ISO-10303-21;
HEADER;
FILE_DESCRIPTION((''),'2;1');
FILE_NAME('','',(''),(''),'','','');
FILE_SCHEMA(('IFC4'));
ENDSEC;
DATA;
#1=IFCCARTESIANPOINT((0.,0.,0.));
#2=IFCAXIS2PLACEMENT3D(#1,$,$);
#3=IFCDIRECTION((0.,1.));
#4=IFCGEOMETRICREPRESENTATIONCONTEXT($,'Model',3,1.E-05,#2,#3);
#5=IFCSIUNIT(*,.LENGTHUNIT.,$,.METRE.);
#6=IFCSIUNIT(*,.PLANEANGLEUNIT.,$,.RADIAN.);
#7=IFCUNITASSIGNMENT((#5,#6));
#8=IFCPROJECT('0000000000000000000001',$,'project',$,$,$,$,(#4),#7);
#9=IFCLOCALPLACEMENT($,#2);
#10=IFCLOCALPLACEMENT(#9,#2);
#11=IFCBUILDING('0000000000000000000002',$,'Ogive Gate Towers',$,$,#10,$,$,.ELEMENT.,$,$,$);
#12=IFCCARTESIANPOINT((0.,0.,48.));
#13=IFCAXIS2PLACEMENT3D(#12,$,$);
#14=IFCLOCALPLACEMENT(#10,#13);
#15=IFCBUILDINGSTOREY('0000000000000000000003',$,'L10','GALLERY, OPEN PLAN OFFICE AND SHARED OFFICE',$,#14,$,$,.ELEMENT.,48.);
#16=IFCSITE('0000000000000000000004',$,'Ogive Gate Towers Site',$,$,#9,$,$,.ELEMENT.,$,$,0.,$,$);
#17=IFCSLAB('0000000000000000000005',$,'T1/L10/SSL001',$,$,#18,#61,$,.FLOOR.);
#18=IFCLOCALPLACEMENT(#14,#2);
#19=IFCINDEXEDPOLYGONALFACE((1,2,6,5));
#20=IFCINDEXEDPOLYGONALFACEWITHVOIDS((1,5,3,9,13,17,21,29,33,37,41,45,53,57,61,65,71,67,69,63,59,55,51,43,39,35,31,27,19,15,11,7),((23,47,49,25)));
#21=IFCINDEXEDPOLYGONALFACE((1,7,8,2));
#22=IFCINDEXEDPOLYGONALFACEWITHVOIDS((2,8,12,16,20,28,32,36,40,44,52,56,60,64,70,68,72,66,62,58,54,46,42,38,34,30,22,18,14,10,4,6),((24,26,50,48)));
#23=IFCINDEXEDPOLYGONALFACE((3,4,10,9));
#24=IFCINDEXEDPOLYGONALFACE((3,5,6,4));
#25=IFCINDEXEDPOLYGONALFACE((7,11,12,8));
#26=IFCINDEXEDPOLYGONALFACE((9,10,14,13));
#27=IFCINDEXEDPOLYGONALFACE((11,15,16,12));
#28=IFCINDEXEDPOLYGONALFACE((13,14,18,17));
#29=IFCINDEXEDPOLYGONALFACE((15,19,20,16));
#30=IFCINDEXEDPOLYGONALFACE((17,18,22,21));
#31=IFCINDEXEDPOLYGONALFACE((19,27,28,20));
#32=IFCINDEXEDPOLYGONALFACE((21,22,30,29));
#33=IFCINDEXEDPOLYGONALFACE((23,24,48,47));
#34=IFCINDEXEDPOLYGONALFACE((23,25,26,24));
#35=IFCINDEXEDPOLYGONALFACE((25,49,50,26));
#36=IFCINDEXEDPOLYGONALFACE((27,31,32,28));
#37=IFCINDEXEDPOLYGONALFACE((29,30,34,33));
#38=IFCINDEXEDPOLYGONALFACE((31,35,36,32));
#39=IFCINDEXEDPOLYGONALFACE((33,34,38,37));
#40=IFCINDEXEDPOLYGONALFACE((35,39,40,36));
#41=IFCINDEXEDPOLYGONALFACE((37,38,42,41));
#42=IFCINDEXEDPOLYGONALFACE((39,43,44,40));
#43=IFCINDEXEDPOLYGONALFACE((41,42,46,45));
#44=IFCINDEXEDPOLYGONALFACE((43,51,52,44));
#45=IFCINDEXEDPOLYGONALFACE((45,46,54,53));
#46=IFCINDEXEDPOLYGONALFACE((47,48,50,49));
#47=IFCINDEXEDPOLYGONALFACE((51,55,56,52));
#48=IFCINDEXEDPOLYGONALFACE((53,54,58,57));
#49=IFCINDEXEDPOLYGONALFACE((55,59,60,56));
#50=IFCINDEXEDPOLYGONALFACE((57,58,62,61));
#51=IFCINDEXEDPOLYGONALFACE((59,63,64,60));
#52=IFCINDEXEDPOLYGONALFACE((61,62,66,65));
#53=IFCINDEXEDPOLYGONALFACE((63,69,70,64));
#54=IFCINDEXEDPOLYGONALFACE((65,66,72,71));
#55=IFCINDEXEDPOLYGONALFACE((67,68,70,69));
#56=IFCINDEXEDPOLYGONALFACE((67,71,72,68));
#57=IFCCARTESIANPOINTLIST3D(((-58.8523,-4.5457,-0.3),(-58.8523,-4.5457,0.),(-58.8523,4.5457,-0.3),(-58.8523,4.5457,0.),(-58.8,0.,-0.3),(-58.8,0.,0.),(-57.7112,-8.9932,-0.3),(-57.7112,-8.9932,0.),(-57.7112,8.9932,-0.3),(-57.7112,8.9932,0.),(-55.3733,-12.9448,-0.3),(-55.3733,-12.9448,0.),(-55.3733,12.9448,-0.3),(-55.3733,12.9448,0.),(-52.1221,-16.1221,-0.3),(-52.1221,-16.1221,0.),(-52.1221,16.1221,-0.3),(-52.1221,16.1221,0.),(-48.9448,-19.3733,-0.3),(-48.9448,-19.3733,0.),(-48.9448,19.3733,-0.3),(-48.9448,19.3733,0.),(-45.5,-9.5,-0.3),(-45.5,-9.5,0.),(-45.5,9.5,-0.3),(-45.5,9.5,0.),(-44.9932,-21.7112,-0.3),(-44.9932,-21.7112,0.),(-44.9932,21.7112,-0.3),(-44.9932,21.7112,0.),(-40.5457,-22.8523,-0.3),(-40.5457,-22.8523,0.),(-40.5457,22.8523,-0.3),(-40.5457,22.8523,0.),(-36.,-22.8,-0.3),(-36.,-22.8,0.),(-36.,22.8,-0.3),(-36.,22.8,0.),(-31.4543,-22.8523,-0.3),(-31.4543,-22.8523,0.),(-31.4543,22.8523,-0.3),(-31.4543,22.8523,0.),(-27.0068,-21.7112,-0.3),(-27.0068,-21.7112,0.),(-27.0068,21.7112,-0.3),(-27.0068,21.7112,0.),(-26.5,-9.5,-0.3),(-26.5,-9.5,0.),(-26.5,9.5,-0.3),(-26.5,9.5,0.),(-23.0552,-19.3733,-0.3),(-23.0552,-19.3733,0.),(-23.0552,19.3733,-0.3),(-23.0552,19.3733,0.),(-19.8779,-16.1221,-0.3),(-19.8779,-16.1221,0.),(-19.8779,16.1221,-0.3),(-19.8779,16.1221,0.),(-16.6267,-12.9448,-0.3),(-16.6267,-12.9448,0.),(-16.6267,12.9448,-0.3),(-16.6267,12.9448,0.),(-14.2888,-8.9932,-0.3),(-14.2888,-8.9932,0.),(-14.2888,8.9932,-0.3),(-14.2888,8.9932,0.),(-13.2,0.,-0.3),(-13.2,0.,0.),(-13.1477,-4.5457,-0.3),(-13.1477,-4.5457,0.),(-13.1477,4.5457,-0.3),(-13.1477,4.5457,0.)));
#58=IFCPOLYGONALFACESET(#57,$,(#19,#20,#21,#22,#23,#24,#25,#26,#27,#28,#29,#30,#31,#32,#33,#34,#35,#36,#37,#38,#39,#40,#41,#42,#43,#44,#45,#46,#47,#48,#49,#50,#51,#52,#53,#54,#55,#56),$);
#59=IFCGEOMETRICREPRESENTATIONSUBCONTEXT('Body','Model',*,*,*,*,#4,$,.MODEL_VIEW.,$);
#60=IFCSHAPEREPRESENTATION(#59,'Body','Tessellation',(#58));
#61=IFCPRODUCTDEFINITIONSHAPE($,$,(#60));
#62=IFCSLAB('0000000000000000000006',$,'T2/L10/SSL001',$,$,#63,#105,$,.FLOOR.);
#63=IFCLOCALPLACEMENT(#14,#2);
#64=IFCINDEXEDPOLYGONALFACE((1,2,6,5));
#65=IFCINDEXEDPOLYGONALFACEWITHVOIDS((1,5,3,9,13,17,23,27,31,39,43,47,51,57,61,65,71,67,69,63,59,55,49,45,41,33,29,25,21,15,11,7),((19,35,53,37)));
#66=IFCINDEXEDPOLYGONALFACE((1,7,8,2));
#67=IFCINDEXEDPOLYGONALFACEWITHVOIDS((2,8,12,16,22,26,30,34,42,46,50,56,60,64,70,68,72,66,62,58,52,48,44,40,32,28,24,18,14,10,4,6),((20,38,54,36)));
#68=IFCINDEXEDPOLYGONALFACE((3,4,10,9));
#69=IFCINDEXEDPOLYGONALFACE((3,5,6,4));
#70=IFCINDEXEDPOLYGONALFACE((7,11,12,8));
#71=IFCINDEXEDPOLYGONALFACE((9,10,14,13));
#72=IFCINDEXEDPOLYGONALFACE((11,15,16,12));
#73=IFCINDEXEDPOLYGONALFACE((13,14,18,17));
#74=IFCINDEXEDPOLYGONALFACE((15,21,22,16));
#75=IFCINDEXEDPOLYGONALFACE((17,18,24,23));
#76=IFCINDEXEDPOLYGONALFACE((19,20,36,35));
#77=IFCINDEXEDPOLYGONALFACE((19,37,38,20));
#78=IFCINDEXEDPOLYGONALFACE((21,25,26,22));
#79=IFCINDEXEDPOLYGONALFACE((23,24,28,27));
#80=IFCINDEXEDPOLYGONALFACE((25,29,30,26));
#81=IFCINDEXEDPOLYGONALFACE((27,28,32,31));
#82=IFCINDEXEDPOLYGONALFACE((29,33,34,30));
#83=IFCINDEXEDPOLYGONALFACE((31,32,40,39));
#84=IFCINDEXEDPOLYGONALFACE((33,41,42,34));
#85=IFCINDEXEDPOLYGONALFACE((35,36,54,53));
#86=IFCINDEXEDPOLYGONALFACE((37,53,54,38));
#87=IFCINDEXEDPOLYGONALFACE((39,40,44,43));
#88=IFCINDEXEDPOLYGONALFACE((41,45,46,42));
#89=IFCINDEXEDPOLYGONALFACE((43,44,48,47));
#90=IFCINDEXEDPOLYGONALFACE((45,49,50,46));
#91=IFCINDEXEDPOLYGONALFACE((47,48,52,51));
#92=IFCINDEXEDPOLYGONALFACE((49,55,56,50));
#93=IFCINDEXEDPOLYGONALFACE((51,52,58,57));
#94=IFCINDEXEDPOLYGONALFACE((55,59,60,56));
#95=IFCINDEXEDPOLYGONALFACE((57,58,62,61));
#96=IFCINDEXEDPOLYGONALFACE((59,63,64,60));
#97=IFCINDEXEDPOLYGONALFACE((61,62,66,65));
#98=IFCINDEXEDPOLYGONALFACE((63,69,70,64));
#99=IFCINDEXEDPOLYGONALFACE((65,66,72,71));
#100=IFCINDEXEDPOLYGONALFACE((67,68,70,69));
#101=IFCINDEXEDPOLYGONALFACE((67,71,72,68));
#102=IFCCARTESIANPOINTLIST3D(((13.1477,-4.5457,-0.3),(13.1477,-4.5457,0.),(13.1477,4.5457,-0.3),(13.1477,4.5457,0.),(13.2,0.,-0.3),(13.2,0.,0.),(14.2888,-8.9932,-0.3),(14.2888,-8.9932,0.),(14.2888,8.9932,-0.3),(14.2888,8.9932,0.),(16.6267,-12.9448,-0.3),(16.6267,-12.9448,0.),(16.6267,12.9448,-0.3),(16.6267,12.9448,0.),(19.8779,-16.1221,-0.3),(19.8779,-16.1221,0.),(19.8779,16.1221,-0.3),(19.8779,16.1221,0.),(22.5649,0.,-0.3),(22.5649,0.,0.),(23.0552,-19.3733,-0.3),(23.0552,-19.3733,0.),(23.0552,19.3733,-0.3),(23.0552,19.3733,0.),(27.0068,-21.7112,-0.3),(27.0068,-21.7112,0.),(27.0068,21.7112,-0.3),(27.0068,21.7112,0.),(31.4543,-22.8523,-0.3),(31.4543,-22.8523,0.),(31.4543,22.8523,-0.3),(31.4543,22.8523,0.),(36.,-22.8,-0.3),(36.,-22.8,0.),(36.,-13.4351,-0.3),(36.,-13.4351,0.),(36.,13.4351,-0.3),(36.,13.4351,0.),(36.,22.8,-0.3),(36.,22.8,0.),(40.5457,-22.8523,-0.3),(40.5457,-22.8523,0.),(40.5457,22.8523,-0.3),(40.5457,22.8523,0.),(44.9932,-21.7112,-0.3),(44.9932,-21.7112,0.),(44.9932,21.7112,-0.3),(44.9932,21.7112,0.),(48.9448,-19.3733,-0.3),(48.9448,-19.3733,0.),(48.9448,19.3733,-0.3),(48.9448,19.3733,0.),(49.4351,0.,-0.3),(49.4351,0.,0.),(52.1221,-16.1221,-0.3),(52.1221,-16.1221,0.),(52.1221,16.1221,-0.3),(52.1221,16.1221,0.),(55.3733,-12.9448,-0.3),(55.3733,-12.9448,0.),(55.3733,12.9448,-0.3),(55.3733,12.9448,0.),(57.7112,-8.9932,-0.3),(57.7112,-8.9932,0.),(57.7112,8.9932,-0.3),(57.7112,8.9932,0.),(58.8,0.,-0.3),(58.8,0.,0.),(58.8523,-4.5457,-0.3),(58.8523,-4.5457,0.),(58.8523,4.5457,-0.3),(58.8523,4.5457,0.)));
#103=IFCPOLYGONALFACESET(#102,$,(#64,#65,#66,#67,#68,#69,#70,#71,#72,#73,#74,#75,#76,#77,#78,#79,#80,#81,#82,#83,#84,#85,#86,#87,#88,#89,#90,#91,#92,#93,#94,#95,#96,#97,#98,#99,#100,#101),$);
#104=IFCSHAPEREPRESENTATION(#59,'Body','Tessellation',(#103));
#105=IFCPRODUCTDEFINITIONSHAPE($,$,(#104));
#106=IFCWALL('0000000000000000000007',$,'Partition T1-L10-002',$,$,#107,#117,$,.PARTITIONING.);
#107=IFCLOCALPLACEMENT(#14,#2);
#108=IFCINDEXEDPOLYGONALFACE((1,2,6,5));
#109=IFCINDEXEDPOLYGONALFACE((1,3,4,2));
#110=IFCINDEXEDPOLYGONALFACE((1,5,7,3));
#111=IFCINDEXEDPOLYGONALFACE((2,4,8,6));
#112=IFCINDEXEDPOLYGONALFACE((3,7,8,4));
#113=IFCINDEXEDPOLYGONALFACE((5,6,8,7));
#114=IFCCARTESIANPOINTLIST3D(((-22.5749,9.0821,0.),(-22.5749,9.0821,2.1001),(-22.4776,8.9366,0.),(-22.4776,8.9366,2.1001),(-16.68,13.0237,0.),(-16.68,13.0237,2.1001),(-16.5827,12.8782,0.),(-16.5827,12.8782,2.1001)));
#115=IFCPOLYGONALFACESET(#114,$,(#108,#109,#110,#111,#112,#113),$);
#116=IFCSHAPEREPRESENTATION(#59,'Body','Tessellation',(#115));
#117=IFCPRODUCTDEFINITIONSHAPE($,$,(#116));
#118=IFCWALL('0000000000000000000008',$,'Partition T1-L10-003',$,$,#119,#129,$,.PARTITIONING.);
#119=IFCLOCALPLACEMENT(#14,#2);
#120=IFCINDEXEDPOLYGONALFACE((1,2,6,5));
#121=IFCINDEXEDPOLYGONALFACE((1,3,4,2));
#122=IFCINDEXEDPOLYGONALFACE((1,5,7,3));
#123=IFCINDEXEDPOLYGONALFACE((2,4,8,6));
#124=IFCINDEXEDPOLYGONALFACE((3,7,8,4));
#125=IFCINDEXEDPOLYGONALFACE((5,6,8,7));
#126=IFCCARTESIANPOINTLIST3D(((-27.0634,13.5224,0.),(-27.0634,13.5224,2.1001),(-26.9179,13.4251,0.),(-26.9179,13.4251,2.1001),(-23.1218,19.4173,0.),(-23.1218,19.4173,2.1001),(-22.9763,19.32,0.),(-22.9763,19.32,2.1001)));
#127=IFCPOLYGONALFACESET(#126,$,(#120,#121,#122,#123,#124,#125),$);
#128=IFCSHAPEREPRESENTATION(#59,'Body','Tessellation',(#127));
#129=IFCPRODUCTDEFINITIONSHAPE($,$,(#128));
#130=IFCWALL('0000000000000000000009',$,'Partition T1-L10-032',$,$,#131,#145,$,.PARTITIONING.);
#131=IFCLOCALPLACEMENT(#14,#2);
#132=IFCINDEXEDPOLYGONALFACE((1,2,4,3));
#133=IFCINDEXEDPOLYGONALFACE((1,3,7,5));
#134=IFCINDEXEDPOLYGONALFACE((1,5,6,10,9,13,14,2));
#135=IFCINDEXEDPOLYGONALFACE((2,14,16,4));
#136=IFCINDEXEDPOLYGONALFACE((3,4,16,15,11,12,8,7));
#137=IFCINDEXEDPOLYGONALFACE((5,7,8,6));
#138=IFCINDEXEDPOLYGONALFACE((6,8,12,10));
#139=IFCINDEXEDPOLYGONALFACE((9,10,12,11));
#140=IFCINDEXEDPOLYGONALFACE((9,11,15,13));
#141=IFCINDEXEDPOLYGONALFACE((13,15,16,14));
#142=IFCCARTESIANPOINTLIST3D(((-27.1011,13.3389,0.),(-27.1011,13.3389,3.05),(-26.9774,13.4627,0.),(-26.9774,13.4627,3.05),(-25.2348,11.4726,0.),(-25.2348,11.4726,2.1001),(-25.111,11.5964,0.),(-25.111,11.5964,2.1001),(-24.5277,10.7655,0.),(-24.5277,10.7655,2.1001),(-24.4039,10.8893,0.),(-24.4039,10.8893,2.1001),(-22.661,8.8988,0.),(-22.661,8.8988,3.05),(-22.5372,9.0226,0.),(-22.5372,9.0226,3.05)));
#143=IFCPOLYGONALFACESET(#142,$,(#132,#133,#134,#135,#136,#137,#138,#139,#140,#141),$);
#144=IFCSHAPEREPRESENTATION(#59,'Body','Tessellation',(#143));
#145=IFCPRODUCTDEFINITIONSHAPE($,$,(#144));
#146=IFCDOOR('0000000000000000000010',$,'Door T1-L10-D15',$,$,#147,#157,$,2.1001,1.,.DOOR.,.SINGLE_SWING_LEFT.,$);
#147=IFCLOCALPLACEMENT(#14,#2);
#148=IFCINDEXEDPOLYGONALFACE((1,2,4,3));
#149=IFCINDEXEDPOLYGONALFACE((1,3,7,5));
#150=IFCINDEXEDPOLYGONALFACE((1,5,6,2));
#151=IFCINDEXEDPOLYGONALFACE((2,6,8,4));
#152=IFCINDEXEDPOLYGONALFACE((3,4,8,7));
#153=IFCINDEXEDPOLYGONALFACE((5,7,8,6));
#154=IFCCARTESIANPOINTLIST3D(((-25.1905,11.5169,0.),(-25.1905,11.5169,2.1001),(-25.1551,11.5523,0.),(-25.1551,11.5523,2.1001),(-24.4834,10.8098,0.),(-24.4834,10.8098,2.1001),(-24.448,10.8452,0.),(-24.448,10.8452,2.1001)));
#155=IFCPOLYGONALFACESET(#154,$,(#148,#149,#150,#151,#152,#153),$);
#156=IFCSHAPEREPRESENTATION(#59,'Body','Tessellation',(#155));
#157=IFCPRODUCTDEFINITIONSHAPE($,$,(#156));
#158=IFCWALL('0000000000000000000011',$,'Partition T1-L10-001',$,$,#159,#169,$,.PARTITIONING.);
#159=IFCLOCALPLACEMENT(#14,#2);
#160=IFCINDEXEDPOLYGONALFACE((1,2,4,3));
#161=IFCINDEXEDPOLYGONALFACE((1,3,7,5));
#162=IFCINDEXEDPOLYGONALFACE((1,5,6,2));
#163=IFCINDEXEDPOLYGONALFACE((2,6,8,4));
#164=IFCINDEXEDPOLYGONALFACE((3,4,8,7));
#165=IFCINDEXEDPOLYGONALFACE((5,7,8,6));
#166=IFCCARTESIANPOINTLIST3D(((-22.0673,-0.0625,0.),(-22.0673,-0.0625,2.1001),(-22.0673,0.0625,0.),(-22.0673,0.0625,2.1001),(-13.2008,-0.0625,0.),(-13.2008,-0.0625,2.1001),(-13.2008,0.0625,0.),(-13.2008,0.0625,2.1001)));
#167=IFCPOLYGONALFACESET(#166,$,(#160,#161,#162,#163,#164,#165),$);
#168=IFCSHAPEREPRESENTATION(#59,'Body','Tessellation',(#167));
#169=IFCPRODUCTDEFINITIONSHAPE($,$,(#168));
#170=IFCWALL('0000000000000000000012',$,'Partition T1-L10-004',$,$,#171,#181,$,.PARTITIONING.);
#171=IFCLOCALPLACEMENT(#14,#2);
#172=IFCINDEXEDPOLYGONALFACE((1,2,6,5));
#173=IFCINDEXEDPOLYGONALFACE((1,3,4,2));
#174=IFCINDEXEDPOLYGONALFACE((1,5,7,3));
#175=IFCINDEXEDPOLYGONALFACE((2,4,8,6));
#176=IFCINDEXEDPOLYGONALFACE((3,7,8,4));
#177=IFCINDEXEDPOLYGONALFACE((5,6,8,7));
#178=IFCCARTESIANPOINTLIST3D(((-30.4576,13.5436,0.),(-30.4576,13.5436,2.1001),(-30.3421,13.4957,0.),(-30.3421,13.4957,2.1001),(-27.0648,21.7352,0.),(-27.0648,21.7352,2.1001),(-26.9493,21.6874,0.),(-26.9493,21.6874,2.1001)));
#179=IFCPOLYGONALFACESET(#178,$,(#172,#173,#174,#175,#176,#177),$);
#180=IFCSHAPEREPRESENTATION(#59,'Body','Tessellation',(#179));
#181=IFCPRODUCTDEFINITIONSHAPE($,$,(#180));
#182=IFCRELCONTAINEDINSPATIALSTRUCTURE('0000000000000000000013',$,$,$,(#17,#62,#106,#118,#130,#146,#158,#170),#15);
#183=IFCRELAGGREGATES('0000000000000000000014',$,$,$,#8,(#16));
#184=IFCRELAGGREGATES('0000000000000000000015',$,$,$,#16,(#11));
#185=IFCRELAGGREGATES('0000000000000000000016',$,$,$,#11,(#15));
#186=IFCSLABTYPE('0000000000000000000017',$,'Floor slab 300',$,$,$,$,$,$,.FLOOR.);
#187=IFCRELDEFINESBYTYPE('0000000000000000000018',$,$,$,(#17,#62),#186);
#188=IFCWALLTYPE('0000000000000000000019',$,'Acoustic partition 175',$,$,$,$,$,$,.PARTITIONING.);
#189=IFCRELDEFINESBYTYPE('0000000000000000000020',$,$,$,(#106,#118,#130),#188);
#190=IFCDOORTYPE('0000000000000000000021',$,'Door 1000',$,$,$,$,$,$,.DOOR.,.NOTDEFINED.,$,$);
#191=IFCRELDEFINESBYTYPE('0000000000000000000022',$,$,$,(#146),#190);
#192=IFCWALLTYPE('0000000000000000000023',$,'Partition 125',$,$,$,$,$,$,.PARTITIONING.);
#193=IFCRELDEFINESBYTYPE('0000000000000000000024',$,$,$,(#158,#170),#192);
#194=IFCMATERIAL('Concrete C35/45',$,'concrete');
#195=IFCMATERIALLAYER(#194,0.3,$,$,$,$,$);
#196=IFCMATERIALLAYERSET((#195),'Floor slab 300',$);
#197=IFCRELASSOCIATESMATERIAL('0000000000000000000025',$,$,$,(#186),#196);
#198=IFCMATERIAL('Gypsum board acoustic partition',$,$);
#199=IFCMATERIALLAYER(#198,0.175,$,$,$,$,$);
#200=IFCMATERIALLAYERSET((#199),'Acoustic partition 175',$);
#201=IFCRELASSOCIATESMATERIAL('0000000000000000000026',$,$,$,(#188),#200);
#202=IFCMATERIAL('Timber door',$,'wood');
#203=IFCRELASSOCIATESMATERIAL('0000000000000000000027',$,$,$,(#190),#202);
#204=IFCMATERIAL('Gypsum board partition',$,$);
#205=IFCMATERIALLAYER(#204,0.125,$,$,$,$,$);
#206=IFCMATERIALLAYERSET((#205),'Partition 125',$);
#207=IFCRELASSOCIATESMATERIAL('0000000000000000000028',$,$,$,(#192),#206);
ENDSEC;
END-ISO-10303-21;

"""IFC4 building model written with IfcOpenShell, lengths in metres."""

from ifc_helpers import new_model, si_unit, direction, frame, frame_2d, origin, place, context, subcontext, project, spatial, polyline, rectangle, outline, extrude, material, layer, layer_set, type_object, element, fill, save


model = new_model("IFC4")

# Units and contexts
model_context = context("Model", 3, precision=1e-05, world=origin(), true_north=direction((0.0, 1.0)))
body_context = subcontext(model_context, "Body", "Model", "MODEL_VIEW")
ifc_project = project(units=[si_unit("LENGTHUNIT", "METRE"), si_unit("PLANEANGLEUNIT", "RADIAN")], contexts=[model_context])

# Site, building, storey
site_placement = place(None, origin())
site = spatial("IfcSite", under=ifc_project, at=site_placement, Name="Ogive Gate Towers Site", CompositionType="ELEMENT", RefElevation=0.0)
building_placement = place(site_placement, origin())
building = spatial("IfcBuilding", under=site, at=building_placement, Name="Ogive Gate Towers", CompositionType="ELEMENT")
storey_placement = place(building_placement, frame((0.0, 0.0, 48.0)))
storey = spatial("IfcBuildingStorey", under=building, at=storey_placement, Name="L10", Description="GALLERY, OPEN PLAN OFFICE AND SHARED OFFICE", CompositionType="ELEMENT", Elevation=48.0)

# Slabs
ifc_material_1 = material(Name="Concrete C35/45", Category="concrete")
ifc_layer_1 = layer(ifc_material_1, 0.3)
ifc_layer_set_1 = layer_set([ifc_layer_1], Name="Floor slab 300")
slab_type = type_object("IfcSlabType", Name="Floor slab 300", PredefinedType="FLOOR", material=ifc_layer_set_1)
slab_1_placement = place(storey_placement, frame((0.0, 0.0, -0.3)))
element("IfcSlab", 1, at=slab_1_placement, inside=storey, type_object=slab_type, Name="T1/L10/SSL001", PredefinedType="FLOOR", context=body_context, shape_type="SweptSolid", body=[
    extrude(outline(polyline([(-13.1477, -4.5457), (-13.2, 0.0), (-13.1477, 4.5457), (-14.2888, 8.9932), (-16.6267, 12.9448), (-19.8779, 16.1221), (-23.0552, 19.3733), (-27.0068, 21.7112), (-31.4543, 22.8523), (-36.0, 22.8), (-40.5457, 22.8523), (-44.9932, 21.7112), (-48.9448, 19.3733), (-52.1221, 16.1221), (-55.3733, 12.9448), (-57.7112, 8.9932), (-58.8523, 4.5457), (-58.8, 0.0), (-58.8523, -4.5457), (-57.7112, -8.9932), (-55.3733, -12.9448), (-52.1221, -16.1221), (-48.9448, -19.3733), (-44.9932, -21.7112), (-40.5457, -22.8523), (-36.0, -22.8), (-31.4543, -22.8523), (-27.0068, -21.7112), (-23.0552, -19.3733), (-19.8779, -16.1221), (-16.6267, -12.9448), (-14.2888, -8.9932), (-13.1477, -4.5457)]), holes=[polyline([(-26.5, -9.5), (-45.5, -9.5), (-45.5, 9.5), (-26.5, 9.5), (-26.5, -9.5)])]), origin(), (0.0, 0.0, 1.0), 0.3),
])
slab_2_placement = place(storey_placement, frame((0.0, 0.0, -0.3)))
element("IfcSlab", 2, at=slab_2_placement, inside=storey, type_object=slab_type, Name="T2/L10/SSL001", PredefinedType="FLOOR", context=body_context, shape_type="SweptSolid", body=[
    extrude(outline(polyline([(58.8523, -4.5457), (58.8, 0.0), (58.8523, 4.5457), (57.7112, 8.9932), (55.3733, 12.9448), (52.1221, 16.1221), (48.9448, 19.3733), (44.9932, 21.7112), (40.5457, 22.8523), (36.0, 22.8), (31.4543, 22.8523), (27.0068, 21.7112), (23.0552, 19.3733), (19.8779, 16.1221), (16.6267, 12.9448), (14.2888, 8.9932), (13.1477, 4.5457), (13.2, 0.0), (13.1477, -4.5457), (14.2888, -8.9932), (16.6267, -12.9448), (19.8779, -16.1221), (23.0552, -19.3733), (27.0068, -21.7112), (31.4543, -22.8523), (36.0, -22.8), (40.5457, -22.8523), (44.9932, -21.7112), (48.9448, -19.3733), (52.1221, -16.1221), (55.3733, -12.9448), (57.7112, -8.9932), (58.8523, -4.5457)]), holes=[polyline([(49.4351, 0.0), (36.0, -13.4351), (22.5649, 0.0), (36.0, 13.4351), (49.4351, 0.0)])]), origin(), (0.0, 0.0, 1.0), 0.3),
])

# Walls
ifc_material_2 = material(Name="Gypsum board acoustic partition")
ifc_layer_2 = layer(ifc_material_2, 0.175)
ifc_layer_set_2 = layer_set([ifc_layer_2], Name="Acoustic partition 175")
wall_type_1 = type_object("IfcWallType", Name="Acoustic partition 175", PredefinedType="PARTITIONING", material=ifc_layer_set_2)
for number, where, z_axis, x_axis, name in (
    (3, (-16.6313, 12.9509, 0.0), (0.0, 0.0, 1.0), (-0.831292, -0.555836, 0.0), "Partition T1-L10-002"),
    (4, (-23.0491, 19.3687, 0.0), (0.0, 0.0, 1.0), (-0.555836, -0.831292, 0.0), "Partition T1-L10-003"),
):
    element("IfcWall", number, at=place(storey_placement, frame(where, z_axis=z_axis, x_axis=x_axis)), inside=storey, type_object=wall_type_1, Name=name, PredefinedType="PARTITIONING", context=body_context, shape_type="SweptSolid", body=[
        extrude(rectangle(XDim=7.0913, YDim=0.175, at=frame_2d((3.5457, 0.0))), origin(), (0.0, 0.0, 1.0), 2.1001),
    ])

# Wall, opening, door
wall_1_placement = place(storey_placement, frame((-22.5991, 8.9607, 0.0), z_axis=(0.0, 0.0, 1.0), x_axis=(-0.707107, 0.707107, 0.0)))
wall_1 = element("IfcWall", 5, at=wall_1_placement, inside=storey, type_object=wall_type_1, Name="Partition T1-L10-032", PredefinedType="PARTITIONING", context=body_context, shape_type="SweptSolid", body=[
    extrude(rectangle(XDim=6.2793, YDim=0.175, at=frame_2d((3.1396, 0.0))), origin(), (0.0, 0.0, 1.0), 3.05),
])
opening_1_placement = place(wall_1_placement, frame((2.6399, 0.0, 0.0)))
opening_1 = element("IfcOpeningElement", 6, at=opening_1_placement, cuts=wall_1, PredefinedType="OPENING", context=body_context, shape_type="SweptSolid", body=[
    extrude(rectangle(XDim=1.0, YDim=2.1001, at=frame_2d((0.5, 1.05))), frame((0.0, 0.0977, 0.0), z_axis=(0.0, -1.0, 0.0), x_axis=(1.0, 0.0, 0.0)), (0.0, 0.0, 1.0), 0.1951),
])
ifc_material_3 = material(Name="Timber door", Category="wood")
door_type_1 = type_object("IfcDoorType", Name="Door 1000", OperationType="NOTDEFINED", PredefinedType="DOOR", material=ifc_material_3)
door_1_placement = place(opening_1_placement, origin())
door_1 = element("IfcDoor", 7, at=door_1_placement, inside=storey, type_object=door_type_1, Name="Door T1-L10-D15", OperationType="SINGLE_SWING_LEFT", OverallHeight=2.1001, OverallWidth=1.0, PredefinedType="DOOR", context=body_context, shape_type="SweptSolid", body=[
    extrude(rectangle(XDim=1.0, YDim=2.1001, at=frame_2d((0.5, 1.05))), frame((0.0, 0.0249, 0.0), z_axis=(0.0, -1.0, 0.0), x_axis=(1.0, 0.0, 0.0)), (0.0, 0.0, 1.0), 0.05),
])
fill(opening_1, door_1)

# Walls
ifc_material_4 = material(Name="Gypsum board partition")
ifc_layer_3 = layer(ifc_material_4, 0.125)
ifc_layer_set_3 = layer_set([ifc_layer_3], Name="Partition 125")
wall_type_2 = type_object("IfcWallType", Name="Partition 125", PredefinedType="PARTITIONING", material=ifc_layer_set_3)
for number, where, z_axis, x_axis, name in (
    (8, (-13.2009, 0.0, 0.0), (0.0, 0.0, 1.0), (-1.0, 0.0, 0.0), "Partition T1-L10-001"),
    (9, (-27.0071, 21.7112, 0.0), (0.0, 0.0, 1.0), (-0.382657, -0.92389, 0.0), "Partition T1-L10-004"),
):
    element("IfcWall", number, at=place(storey_placement, frame(where, z_axis=z_axis, x_axis=x_axis)), inside=storey, type_object=wall_type_2, Name=name, PredefinedType="PARTITIONING", context=body_context, shape_type="SweptSolid", body=[
        extrude(rectangle(XDim=8.8665, YDim=0.125, at=frame_2d((4.4331, 0.0))), origin(), (0.0, 0.0, 1.0), 2.1001),
    ])

save(model, "model.ifc")
